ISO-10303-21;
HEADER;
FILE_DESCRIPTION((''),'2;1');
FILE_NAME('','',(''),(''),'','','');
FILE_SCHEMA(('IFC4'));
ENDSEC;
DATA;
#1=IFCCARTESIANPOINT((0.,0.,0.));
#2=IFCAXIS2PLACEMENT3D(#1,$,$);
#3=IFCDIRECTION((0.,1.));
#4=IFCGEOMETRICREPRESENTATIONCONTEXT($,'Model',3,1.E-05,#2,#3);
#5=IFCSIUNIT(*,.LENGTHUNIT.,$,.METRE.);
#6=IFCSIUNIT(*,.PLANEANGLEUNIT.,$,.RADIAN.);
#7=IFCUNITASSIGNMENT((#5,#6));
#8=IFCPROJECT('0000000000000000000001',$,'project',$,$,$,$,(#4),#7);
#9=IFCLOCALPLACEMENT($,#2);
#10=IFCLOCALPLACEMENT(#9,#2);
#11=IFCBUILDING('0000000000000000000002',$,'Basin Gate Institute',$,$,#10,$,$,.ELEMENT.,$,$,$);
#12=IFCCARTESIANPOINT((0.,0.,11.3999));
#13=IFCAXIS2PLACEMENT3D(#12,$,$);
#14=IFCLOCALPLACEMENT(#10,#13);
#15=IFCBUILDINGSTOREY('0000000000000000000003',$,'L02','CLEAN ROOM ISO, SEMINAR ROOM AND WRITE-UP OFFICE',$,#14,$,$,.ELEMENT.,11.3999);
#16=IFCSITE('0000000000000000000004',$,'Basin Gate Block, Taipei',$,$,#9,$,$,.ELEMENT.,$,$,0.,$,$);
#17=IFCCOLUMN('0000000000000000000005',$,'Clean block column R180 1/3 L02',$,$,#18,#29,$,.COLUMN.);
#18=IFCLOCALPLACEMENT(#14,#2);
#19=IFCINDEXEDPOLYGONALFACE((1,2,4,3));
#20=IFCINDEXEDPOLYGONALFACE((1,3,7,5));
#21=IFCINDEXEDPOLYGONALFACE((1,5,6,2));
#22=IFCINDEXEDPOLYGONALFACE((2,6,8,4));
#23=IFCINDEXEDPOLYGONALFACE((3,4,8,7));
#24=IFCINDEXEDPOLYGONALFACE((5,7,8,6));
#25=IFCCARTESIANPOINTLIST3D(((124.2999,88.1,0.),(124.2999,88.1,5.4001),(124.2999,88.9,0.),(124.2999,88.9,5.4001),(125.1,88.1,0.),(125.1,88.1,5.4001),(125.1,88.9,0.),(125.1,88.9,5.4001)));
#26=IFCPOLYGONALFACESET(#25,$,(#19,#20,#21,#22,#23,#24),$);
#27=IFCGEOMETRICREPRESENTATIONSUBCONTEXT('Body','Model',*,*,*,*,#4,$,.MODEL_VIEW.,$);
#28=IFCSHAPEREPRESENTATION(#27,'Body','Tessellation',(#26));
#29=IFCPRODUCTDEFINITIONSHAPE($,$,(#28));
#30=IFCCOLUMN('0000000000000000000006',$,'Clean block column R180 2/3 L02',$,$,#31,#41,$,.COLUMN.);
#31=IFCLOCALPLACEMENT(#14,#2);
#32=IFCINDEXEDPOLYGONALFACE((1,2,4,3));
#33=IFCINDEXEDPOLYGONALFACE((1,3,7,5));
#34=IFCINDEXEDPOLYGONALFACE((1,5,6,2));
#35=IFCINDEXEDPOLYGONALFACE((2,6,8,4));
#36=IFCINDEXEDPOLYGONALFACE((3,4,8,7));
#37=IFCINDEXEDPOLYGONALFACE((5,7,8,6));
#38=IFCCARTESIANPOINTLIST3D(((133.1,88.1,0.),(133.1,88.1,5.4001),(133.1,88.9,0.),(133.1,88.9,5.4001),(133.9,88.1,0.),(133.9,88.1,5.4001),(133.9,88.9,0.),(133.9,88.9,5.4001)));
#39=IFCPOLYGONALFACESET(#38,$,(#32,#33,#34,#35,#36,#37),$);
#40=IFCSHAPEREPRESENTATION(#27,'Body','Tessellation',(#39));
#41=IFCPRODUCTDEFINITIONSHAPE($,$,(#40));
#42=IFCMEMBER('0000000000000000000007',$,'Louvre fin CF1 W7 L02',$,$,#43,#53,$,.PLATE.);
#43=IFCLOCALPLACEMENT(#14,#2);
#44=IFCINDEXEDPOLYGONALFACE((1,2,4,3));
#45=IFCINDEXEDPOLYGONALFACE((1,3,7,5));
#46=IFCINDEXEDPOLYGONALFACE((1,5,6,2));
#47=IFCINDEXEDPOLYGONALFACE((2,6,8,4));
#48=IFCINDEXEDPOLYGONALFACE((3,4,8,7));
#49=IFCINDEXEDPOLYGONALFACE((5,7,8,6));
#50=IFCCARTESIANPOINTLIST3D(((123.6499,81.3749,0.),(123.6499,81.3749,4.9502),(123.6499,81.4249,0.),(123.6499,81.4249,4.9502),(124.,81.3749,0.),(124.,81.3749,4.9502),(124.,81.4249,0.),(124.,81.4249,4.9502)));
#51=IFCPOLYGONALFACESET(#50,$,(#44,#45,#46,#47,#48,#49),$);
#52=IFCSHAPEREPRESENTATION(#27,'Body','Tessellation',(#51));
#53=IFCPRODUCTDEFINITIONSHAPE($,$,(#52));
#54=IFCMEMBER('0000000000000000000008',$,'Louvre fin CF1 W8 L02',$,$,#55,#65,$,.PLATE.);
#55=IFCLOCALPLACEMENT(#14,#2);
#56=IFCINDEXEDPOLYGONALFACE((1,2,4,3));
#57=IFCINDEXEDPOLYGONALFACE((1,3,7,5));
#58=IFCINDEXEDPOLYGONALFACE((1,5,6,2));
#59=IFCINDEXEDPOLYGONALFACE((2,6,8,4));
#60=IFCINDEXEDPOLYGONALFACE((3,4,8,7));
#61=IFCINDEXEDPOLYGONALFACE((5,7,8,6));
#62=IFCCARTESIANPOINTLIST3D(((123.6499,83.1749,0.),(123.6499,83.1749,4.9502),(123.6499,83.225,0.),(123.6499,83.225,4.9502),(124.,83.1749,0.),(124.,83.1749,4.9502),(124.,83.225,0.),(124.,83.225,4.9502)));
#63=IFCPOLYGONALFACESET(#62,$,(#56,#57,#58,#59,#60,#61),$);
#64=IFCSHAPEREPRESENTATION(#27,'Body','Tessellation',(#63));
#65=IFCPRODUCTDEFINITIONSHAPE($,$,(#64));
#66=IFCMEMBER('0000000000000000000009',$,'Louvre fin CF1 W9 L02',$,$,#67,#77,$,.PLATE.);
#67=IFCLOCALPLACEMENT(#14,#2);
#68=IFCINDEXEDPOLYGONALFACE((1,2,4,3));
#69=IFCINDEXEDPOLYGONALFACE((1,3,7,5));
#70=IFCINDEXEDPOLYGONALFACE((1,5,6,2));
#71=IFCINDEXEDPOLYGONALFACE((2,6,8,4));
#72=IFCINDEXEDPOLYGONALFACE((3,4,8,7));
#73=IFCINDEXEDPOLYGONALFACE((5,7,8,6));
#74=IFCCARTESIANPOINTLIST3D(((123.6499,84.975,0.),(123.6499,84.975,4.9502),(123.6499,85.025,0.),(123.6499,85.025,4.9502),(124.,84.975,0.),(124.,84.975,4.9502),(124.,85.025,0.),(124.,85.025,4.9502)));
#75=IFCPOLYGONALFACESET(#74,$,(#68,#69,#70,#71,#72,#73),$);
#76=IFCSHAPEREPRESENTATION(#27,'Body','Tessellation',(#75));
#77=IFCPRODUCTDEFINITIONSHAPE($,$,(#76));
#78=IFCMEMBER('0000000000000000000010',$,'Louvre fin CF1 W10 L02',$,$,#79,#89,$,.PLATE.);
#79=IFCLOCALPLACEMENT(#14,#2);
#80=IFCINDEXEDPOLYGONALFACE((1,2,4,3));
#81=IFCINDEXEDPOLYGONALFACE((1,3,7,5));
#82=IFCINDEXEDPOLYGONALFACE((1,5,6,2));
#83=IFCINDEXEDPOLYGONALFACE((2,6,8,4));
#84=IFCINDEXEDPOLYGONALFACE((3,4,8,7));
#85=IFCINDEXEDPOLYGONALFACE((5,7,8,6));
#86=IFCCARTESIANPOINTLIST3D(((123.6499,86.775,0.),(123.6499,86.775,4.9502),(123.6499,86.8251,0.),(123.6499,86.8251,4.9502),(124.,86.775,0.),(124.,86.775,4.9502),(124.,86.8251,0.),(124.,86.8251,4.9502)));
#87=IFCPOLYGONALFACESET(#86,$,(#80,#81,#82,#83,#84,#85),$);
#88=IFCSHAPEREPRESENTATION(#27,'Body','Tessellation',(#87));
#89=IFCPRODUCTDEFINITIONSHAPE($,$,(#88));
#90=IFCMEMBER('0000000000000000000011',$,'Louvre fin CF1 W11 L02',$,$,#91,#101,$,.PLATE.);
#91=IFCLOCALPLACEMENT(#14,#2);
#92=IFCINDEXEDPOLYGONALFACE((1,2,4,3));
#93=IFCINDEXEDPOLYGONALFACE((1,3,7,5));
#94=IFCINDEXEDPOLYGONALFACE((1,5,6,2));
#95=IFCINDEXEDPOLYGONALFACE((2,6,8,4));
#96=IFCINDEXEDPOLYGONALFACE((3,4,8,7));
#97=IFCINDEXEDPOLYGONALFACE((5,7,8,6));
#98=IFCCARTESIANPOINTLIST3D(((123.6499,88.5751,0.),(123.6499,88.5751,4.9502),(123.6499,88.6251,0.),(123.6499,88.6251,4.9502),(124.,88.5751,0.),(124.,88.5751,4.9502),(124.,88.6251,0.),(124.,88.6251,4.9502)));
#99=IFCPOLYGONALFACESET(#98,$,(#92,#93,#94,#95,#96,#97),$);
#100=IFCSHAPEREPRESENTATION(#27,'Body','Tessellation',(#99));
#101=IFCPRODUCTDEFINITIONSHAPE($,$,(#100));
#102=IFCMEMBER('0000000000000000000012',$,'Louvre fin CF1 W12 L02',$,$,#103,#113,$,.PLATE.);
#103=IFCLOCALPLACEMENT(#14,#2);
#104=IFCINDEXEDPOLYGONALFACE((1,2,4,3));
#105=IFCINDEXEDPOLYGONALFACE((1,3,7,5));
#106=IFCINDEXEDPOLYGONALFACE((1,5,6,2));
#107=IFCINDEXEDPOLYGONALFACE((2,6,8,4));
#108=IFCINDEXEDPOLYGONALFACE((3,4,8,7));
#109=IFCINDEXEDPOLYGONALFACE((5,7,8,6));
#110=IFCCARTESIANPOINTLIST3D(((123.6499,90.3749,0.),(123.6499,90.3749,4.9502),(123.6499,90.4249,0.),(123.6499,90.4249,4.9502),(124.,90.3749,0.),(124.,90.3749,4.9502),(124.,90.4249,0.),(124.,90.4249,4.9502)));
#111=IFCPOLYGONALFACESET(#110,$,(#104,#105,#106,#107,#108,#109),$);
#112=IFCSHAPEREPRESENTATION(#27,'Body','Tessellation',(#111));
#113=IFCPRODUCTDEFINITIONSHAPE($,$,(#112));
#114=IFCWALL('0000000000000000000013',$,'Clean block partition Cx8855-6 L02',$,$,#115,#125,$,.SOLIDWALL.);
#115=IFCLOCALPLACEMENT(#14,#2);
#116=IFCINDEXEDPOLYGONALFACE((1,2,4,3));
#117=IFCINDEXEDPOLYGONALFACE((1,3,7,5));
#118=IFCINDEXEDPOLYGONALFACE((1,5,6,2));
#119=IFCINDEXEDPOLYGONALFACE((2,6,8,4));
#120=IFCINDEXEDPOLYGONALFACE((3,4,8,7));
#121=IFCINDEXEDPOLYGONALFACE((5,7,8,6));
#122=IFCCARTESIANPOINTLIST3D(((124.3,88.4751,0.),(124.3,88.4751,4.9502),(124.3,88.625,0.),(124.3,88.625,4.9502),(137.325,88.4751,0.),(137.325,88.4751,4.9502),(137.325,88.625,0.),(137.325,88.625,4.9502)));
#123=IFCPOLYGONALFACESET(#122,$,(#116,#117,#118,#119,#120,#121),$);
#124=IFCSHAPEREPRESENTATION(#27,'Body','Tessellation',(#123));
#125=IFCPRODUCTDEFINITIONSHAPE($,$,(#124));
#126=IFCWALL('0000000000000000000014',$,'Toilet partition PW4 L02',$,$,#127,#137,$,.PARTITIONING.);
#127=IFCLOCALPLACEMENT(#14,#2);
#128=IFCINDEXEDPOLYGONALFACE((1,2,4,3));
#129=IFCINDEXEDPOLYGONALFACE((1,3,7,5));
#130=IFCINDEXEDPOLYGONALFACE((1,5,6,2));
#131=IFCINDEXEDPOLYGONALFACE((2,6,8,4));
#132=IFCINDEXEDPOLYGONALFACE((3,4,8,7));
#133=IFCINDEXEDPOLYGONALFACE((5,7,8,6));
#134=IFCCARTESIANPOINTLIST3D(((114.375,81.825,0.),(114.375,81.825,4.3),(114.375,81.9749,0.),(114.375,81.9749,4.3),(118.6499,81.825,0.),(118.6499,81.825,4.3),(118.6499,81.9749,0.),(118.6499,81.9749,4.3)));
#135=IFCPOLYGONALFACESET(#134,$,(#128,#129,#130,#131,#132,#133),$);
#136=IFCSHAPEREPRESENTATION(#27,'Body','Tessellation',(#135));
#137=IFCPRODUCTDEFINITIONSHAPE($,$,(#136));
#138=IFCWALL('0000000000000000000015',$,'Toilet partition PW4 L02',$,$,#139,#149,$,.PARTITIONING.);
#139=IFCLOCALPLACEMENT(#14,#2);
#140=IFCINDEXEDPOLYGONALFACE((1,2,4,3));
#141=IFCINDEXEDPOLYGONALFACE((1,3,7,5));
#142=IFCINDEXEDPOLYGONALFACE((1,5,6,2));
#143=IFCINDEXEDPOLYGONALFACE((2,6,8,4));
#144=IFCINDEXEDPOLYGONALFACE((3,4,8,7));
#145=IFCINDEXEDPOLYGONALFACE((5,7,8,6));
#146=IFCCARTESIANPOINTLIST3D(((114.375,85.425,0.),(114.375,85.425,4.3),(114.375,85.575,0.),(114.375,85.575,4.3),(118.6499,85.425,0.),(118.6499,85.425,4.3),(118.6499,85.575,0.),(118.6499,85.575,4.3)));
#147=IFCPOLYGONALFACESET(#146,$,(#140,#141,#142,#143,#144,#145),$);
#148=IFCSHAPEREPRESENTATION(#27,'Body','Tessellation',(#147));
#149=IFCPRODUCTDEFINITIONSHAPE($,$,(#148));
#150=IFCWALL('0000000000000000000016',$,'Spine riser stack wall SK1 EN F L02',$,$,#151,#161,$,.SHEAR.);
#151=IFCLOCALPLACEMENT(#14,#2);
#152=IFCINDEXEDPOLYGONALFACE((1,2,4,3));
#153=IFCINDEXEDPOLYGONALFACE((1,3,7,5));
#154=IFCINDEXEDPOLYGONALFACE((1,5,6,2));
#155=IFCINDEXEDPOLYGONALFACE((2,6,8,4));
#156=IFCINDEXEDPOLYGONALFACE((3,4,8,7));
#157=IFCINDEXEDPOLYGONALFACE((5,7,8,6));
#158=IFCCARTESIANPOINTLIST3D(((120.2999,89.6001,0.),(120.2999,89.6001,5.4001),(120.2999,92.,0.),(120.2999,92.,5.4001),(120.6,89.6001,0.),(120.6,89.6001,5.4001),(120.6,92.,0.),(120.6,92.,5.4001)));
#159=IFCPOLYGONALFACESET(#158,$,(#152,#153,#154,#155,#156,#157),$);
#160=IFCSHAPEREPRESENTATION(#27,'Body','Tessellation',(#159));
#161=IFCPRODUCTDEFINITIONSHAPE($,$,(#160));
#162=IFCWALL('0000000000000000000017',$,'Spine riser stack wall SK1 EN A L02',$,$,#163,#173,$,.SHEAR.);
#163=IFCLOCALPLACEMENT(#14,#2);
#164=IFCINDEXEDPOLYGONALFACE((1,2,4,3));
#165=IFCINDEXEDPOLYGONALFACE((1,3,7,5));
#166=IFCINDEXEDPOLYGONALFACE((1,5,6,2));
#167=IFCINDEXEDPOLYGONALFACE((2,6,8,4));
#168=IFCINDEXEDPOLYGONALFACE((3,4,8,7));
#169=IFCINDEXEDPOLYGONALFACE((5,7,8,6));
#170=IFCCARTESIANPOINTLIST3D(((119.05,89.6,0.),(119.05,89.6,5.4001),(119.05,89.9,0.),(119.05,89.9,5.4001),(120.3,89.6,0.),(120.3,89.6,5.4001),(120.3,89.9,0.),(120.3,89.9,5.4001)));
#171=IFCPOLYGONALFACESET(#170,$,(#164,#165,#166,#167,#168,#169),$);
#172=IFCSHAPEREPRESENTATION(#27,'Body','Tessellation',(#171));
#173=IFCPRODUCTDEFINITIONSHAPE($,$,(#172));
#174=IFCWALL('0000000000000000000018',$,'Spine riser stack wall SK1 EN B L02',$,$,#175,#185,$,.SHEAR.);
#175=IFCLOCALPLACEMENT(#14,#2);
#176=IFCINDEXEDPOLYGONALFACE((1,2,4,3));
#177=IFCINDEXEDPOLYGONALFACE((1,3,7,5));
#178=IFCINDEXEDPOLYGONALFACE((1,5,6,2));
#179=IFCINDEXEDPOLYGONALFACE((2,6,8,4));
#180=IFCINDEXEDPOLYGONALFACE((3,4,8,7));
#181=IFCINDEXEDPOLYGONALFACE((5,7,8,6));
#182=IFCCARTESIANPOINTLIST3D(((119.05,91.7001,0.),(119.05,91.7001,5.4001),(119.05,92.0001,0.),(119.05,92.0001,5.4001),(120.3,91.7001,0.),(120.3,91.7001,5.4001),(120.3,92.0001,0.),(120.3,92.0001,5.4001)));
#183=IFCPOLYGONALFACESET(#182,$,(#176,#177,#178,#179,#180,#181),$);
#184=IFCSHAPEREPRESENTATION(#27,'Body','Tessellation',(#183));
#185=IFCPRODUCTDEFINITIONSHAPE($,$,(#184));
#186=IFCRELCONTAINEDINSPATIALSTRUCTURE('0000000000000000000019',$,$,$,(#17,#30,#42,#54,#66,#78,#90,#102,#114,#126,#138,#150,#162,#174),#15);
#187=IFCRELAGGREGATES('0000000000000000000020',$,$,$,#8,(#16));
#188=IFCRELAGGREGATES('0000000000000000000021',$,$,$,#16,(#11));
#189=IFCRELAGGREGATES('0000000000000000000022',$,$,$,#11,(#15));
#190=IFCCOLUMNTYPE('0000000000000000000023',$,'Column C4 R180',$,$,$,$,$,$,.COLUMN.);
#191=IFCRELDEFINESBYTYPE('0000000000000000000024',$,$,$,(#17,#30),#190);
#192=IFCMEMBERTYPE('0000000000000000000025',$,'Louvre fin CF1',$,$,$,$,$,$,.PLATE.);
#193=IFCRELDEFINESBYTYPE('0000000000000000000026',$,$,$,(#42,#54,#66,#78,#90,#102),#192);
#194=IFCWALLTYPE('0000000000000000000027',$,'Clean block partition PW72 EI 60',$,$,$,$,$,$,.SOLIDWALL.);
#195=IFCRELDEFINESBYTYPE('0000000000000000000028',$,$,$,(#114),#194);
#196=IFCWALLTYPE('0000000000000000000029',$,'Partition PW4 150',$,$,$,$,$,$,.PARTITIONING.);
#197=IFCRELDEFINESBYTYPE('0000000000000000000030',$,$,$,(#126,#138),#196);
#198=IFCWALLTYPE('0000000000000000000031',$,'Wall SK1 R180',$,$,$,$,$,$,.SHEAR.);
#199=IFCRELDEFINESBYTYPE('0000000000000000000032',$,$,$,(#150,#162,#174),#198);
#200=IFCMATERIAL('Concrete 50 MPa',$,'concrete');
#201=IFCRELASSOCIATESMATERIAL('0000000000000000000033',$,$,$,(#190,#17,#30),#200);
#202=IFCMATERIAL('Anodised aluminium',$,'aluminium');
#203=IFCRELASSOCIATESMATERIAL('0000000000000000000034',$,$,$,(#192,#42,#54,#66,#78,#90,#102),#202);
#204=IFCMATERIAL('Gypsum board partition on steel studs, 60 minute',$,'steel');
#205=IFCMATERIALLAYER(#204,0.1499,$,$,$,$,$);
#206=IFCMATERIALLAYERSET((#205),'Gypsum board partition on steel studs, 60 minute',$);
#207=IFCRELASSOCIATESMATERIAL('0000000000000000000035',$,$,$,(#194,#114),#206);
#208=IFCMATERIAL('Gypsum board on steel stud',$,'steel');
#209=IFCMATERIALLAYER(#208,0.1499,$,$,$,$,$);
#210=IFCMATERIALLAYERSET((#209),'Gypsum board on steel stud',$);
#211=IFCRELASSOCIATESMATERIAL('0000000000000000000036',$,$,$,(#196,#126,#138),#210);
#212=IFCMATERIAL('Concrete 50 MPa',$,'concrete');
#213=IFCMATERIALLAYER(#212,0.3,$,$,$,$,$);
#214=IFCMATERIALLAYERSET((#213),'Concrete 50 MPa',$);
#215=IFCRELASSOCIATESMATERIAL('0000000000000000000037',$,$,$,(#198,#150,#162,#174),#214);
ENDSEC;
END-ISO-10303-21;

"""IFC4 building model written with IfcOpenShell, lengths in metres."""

from ifc_helpers import new_model, si_unit, direction, frame, frame_2d, origin, origin_2d, place, context, subcontext, project, spatial, rectangle, extrude, material, layer, layer_set, material_profile, profile_set, type_object, element, save


model = new_model("IFC4")

# Units and contexts
model_context = context("Model", 3, precision=1e-05, world=origin(), true_north=direction((0.0, 1.0)))
body_context = subcontext(model_context, "Body", "Model", "MODEL_VIEW")
ifc_project = project(units=[si_unit("LENGTHUNIT", "METRE"), si_unit("PLANEANGLEUNIT", "RADIAN")], contexts=[model_context])

# Site, building, storey
site_placement = place(None, origin())
site = spatial("IfcSite", under=ifc_project, at=site_placement, Name="Basin Gate Block, Taipei", CompositionType="ELEMENT", RefElevation=0.0)
building_placement = place(site_placement, origin())
building = spatial("IfcBuilding", under=site, at=building_placement, Name="Basin Gate Institute", CompositionType="ELEMENT")
storey_placement = place(building_placement, frame((0.0, 0.0, 11.3999)))
storey = spatial("IfcBuildingStorey", under=building, at=storey_placement, Name="L02", Description="CLEAN ROOM ISO, SEMINAR ROOM AND WRITE-UP OFFICE", CompositionType="ELEMENT", Elevation=11.3999)

# Columns
ifc_material_1 = material(Name="Concrete 50 MPa", Category="concrete")
ifc_material_profile_1 = material_profile(ifc_material_1, rectangle(XDim=0.8, YDim=0.8, at=origin_2d()), Name="Column C4 800 x 800")
ifc_profile_set_1 = profile_set([ifc_material_profile_1], Name="Concrete 50 MPa")
column_type = type_object("IfcColumnType", Name="Column C4 R180", PredefinedType="COLUMN", material=ifc_profile_set_1)
for number, where, z_axis, x_axis, name in (
    (1, (124.7, 88.5, 0.0), (0.0, 0.0, 1.0), (1.0, 0.0, 0.0), "Clean block column R180 1/3 L02"),
    (2, (133.5, 88.5, 0.0), (0.0, 0.0, 1.0), (1.0, 0.0, 0.0), "Clean block column R180 2/3 L02"),
):
    element("IfcColumn", number, at=place(storey_placement, frame(where, z_axis=z_axis, x_axis=x_axis)), inside=storey, type_object=column_type, material=ifc_profile_set_1, Name=name, PredefinedType="COLUMN", context=body_context, shape_type="SweptSolid", body=[
        extrude(rectangle(XDim=0.8, YDim=0.8, at=origin_2d()), origin(), (0.0, 0.0, 1.0), 5.4001),
    ])

# Members
ifc_material_2 = material(Name="Anodised aluminium", Category="aluminium")
ifc_material_profile_2 = material_profile(ifc_material_2, rectangle(XDim=0.05, YDim=0.3501, at=origin_2d()), Name="Louvre fin CF1 50 x 350")
ifc_profile_set_2 = profile_set([ifc_material_profile_2], Name="Anodised aluminium")
member_type = type_object("IfcMemberType", Name="Louvre fin CF1", PredefinedType="PLATE", material=ifc_profile_set_2)
for number, where, z_axis, x_axis, name in (
    (3, (123.825, 81.3999, 0.0), (0.0, 0.0, 1.0), (0.0, 1.0, 0.0), "Louvre fin CF1 W7 L02"),
    (4, (123.825, 83.2, 0.0), (0.0, 0.0, 1.0), (0.0, 1.0, 0.0), "Louvre fin CF1 W8 L02"),
    (5, (123.825, 85.0, 0.0), (0.0, 0.0, 1.0), (0.0, 1.0, 0.0), "Louvre fin CF1 W9 L02"),
    (6, (123.825, 86.8, 0.0), (0.0, 0.0, 1.0), (0.0, 1.0, 0.0), "Louvre fin CF1 W10 L02"),
    (7, (123.825, 88.6001, 0.0), (0.0, 0.0, 1.0), (0.0, 1.0, 0.0), "Louvre fin CF1 W11 L02"),
    (8, (123.825, 90.3999, 0.0), (0.0, 0.0, 1.0), (0.0, 1.0, 0.0), "Louvre fin CF1 W12 L02"),
):
    element("IfcMember", number, at=place(storey_placement, frame(where, z_axis=z_axis, x_axis=x_axis)), inside=storey, type_object=member_type, material=ifc_profile_set_2, Name=name, PredefinedType="PLATE", context=body_context, shape_type="SweptSolid", body=[
        extrude(rectangle(XDim=0.05, YDim=0.3501, at=origin_2d()), origin(), (0.0, 0.0, 1.0), 4.9502),
    ])

# Walls
ifc_material_3 = material(Name="Gypsum board partition on steel studs, 60 minute", Category="steel")
ifc_layer_1 = layer(ifc_material_3, 0.1499)
ifc_layer_set_1 = layer_set([ifc_layer_1], Name="Gypsum board partition on steel studs, 60 minute")
wall_type_1 = type_object("IfcWallType", Name="Clean block partition PW72 EI 60", PredefinedType="SOLIDWALL", material=ifc_layer_set_1)
wall_1_placement = place(storey_placement, frame((124.3, 88.55, 0.0), z_axis=(0.0, 0.0, 1.0), x_axis=(1.0, 0.0, 0.0)))
element("IfcWall", 9, at=wall_1_placement, inside=storey, type_object=wall_type_1, material=ifc_layer_set_1, Name="Clean block partition Cx8855-6 L02", PredefinedType="SOLIDWALL", context=body_context, shape_type="SweptSolid", body=[
    extrude(rectangle(XDim=13.0249, YDim=0.1499, at=frame_2d((6.5125, 0.0))), origin(), (0.0, 0.0, 1.0), 4.9502),
])
ifc_material_4 = material(Name="Gypsum board on steel stud", Category="steel")
ifc_layer_2 = layer(ifc_material_4, 0.1499)
ifc_layer_set_2 = layer_set([ifc_layer_2], Name="Gypsum board on steel stud")
wall_type_2 = type_object("IfcWallType", Name="Partition PW4 150", PredefinedType="PARTITIONING", material=ifc_layer_set_2)
for number, where, z_axis, x_axis, name in (
    (10, (118.6499, 81.8999, 0.0), (0.0, 0.0, 1.0), (-1.0, 0.0, 0.0), "Toilet partition PW4 L02"),
    (11, (118.6499, 85.5, 0.0), (0.0, 0.0, 1.0), (-1.0, 0.0, 0.0), "Toilet partition PW4 L02"),
):
    element("IfcWall", number, at=place(storey_placement, frame(where, z_axis=z_axis, x_axis=x_axis)), inside=storey, type_object=wall_type_2, material=ifc_layer_set_2, Name=name, PredefinedType="PARTITIONING", context=body_context, shape_type="SweptSolid", body=[
        extrude(rectangle(XDim=4.2749, YDim=0.1499, at=frame_2d((2.1375, 0.0))), origin(), (0.0, 0.0, 1.0), 4.3),
    ])
ifc_material_5 = material(Name="Concrete 50 MPa", Category="concrete")
ifc_layer_3 = layer(ifc_material_5, 0.3)
ifc_layer_set_3 = layer_set([ifc_layer_3], Name="Concrete 50 MPa")
wall_type_3 = type_object("IfcWallType", Name="Wall SK1 R180", PredefinedType="SHEAR", material=ifc_layer_set_3)
wall_2_placement = place(storey_placement, frame((120.45, 89.6001, 0.0), z_axis=(0.0, 0.0, 1.0), x_axis=(0.0, 1.0, 0.0)))
element("IfcWall", 12, at=wall_2_placement, inside=storey, type_object=wall_type_3, material=ifc_layer_set_3, Name="Spine riser stack wall SK1 EN F L02", PredefinedType="SHEAR", context=body_context, shape_type="SweptSolid", body=[
    extrude(rectangle(XDim=2.3999, YDim=0.3, at=frame_2d((1.2, 0.0))), origin(), (0.0, 0.0, 1.0), 5.4001),
])
for number, where, z_axis, x_axis, name in (
    (13, (119.05, 89.75, 0.0), (0.0, 0.0, 1.0), (1.0, 0.0, 0.0), "Spine riser stack wall SK1 EN A L02"),
    (14, (119.05, 91.8501, 0.0), (0.0, 0.0, 1.0), (1.0, 0.0, 0.0), "Spine riser stack wall SK1 EN B L02"),
):
    element("IfcWall", number, at=place(storey_placement, frame(where, z_axis=z_axis, x_axis=x_axis)), inside=storey, type_object=wall_type_3, material=ifc_layer_set_3, Name=name, PredefinedType="SHEAR", context=body_context, shape_type="SweptSolid", body=[
        extrude(rectangle(XDim=1.25, YDim=0.3, at=frame_2d((0.625, 0.0))), origin(), (0.0, 0.0, 1.0), 5.4001),
    ])

save(model, "model.ifc")
